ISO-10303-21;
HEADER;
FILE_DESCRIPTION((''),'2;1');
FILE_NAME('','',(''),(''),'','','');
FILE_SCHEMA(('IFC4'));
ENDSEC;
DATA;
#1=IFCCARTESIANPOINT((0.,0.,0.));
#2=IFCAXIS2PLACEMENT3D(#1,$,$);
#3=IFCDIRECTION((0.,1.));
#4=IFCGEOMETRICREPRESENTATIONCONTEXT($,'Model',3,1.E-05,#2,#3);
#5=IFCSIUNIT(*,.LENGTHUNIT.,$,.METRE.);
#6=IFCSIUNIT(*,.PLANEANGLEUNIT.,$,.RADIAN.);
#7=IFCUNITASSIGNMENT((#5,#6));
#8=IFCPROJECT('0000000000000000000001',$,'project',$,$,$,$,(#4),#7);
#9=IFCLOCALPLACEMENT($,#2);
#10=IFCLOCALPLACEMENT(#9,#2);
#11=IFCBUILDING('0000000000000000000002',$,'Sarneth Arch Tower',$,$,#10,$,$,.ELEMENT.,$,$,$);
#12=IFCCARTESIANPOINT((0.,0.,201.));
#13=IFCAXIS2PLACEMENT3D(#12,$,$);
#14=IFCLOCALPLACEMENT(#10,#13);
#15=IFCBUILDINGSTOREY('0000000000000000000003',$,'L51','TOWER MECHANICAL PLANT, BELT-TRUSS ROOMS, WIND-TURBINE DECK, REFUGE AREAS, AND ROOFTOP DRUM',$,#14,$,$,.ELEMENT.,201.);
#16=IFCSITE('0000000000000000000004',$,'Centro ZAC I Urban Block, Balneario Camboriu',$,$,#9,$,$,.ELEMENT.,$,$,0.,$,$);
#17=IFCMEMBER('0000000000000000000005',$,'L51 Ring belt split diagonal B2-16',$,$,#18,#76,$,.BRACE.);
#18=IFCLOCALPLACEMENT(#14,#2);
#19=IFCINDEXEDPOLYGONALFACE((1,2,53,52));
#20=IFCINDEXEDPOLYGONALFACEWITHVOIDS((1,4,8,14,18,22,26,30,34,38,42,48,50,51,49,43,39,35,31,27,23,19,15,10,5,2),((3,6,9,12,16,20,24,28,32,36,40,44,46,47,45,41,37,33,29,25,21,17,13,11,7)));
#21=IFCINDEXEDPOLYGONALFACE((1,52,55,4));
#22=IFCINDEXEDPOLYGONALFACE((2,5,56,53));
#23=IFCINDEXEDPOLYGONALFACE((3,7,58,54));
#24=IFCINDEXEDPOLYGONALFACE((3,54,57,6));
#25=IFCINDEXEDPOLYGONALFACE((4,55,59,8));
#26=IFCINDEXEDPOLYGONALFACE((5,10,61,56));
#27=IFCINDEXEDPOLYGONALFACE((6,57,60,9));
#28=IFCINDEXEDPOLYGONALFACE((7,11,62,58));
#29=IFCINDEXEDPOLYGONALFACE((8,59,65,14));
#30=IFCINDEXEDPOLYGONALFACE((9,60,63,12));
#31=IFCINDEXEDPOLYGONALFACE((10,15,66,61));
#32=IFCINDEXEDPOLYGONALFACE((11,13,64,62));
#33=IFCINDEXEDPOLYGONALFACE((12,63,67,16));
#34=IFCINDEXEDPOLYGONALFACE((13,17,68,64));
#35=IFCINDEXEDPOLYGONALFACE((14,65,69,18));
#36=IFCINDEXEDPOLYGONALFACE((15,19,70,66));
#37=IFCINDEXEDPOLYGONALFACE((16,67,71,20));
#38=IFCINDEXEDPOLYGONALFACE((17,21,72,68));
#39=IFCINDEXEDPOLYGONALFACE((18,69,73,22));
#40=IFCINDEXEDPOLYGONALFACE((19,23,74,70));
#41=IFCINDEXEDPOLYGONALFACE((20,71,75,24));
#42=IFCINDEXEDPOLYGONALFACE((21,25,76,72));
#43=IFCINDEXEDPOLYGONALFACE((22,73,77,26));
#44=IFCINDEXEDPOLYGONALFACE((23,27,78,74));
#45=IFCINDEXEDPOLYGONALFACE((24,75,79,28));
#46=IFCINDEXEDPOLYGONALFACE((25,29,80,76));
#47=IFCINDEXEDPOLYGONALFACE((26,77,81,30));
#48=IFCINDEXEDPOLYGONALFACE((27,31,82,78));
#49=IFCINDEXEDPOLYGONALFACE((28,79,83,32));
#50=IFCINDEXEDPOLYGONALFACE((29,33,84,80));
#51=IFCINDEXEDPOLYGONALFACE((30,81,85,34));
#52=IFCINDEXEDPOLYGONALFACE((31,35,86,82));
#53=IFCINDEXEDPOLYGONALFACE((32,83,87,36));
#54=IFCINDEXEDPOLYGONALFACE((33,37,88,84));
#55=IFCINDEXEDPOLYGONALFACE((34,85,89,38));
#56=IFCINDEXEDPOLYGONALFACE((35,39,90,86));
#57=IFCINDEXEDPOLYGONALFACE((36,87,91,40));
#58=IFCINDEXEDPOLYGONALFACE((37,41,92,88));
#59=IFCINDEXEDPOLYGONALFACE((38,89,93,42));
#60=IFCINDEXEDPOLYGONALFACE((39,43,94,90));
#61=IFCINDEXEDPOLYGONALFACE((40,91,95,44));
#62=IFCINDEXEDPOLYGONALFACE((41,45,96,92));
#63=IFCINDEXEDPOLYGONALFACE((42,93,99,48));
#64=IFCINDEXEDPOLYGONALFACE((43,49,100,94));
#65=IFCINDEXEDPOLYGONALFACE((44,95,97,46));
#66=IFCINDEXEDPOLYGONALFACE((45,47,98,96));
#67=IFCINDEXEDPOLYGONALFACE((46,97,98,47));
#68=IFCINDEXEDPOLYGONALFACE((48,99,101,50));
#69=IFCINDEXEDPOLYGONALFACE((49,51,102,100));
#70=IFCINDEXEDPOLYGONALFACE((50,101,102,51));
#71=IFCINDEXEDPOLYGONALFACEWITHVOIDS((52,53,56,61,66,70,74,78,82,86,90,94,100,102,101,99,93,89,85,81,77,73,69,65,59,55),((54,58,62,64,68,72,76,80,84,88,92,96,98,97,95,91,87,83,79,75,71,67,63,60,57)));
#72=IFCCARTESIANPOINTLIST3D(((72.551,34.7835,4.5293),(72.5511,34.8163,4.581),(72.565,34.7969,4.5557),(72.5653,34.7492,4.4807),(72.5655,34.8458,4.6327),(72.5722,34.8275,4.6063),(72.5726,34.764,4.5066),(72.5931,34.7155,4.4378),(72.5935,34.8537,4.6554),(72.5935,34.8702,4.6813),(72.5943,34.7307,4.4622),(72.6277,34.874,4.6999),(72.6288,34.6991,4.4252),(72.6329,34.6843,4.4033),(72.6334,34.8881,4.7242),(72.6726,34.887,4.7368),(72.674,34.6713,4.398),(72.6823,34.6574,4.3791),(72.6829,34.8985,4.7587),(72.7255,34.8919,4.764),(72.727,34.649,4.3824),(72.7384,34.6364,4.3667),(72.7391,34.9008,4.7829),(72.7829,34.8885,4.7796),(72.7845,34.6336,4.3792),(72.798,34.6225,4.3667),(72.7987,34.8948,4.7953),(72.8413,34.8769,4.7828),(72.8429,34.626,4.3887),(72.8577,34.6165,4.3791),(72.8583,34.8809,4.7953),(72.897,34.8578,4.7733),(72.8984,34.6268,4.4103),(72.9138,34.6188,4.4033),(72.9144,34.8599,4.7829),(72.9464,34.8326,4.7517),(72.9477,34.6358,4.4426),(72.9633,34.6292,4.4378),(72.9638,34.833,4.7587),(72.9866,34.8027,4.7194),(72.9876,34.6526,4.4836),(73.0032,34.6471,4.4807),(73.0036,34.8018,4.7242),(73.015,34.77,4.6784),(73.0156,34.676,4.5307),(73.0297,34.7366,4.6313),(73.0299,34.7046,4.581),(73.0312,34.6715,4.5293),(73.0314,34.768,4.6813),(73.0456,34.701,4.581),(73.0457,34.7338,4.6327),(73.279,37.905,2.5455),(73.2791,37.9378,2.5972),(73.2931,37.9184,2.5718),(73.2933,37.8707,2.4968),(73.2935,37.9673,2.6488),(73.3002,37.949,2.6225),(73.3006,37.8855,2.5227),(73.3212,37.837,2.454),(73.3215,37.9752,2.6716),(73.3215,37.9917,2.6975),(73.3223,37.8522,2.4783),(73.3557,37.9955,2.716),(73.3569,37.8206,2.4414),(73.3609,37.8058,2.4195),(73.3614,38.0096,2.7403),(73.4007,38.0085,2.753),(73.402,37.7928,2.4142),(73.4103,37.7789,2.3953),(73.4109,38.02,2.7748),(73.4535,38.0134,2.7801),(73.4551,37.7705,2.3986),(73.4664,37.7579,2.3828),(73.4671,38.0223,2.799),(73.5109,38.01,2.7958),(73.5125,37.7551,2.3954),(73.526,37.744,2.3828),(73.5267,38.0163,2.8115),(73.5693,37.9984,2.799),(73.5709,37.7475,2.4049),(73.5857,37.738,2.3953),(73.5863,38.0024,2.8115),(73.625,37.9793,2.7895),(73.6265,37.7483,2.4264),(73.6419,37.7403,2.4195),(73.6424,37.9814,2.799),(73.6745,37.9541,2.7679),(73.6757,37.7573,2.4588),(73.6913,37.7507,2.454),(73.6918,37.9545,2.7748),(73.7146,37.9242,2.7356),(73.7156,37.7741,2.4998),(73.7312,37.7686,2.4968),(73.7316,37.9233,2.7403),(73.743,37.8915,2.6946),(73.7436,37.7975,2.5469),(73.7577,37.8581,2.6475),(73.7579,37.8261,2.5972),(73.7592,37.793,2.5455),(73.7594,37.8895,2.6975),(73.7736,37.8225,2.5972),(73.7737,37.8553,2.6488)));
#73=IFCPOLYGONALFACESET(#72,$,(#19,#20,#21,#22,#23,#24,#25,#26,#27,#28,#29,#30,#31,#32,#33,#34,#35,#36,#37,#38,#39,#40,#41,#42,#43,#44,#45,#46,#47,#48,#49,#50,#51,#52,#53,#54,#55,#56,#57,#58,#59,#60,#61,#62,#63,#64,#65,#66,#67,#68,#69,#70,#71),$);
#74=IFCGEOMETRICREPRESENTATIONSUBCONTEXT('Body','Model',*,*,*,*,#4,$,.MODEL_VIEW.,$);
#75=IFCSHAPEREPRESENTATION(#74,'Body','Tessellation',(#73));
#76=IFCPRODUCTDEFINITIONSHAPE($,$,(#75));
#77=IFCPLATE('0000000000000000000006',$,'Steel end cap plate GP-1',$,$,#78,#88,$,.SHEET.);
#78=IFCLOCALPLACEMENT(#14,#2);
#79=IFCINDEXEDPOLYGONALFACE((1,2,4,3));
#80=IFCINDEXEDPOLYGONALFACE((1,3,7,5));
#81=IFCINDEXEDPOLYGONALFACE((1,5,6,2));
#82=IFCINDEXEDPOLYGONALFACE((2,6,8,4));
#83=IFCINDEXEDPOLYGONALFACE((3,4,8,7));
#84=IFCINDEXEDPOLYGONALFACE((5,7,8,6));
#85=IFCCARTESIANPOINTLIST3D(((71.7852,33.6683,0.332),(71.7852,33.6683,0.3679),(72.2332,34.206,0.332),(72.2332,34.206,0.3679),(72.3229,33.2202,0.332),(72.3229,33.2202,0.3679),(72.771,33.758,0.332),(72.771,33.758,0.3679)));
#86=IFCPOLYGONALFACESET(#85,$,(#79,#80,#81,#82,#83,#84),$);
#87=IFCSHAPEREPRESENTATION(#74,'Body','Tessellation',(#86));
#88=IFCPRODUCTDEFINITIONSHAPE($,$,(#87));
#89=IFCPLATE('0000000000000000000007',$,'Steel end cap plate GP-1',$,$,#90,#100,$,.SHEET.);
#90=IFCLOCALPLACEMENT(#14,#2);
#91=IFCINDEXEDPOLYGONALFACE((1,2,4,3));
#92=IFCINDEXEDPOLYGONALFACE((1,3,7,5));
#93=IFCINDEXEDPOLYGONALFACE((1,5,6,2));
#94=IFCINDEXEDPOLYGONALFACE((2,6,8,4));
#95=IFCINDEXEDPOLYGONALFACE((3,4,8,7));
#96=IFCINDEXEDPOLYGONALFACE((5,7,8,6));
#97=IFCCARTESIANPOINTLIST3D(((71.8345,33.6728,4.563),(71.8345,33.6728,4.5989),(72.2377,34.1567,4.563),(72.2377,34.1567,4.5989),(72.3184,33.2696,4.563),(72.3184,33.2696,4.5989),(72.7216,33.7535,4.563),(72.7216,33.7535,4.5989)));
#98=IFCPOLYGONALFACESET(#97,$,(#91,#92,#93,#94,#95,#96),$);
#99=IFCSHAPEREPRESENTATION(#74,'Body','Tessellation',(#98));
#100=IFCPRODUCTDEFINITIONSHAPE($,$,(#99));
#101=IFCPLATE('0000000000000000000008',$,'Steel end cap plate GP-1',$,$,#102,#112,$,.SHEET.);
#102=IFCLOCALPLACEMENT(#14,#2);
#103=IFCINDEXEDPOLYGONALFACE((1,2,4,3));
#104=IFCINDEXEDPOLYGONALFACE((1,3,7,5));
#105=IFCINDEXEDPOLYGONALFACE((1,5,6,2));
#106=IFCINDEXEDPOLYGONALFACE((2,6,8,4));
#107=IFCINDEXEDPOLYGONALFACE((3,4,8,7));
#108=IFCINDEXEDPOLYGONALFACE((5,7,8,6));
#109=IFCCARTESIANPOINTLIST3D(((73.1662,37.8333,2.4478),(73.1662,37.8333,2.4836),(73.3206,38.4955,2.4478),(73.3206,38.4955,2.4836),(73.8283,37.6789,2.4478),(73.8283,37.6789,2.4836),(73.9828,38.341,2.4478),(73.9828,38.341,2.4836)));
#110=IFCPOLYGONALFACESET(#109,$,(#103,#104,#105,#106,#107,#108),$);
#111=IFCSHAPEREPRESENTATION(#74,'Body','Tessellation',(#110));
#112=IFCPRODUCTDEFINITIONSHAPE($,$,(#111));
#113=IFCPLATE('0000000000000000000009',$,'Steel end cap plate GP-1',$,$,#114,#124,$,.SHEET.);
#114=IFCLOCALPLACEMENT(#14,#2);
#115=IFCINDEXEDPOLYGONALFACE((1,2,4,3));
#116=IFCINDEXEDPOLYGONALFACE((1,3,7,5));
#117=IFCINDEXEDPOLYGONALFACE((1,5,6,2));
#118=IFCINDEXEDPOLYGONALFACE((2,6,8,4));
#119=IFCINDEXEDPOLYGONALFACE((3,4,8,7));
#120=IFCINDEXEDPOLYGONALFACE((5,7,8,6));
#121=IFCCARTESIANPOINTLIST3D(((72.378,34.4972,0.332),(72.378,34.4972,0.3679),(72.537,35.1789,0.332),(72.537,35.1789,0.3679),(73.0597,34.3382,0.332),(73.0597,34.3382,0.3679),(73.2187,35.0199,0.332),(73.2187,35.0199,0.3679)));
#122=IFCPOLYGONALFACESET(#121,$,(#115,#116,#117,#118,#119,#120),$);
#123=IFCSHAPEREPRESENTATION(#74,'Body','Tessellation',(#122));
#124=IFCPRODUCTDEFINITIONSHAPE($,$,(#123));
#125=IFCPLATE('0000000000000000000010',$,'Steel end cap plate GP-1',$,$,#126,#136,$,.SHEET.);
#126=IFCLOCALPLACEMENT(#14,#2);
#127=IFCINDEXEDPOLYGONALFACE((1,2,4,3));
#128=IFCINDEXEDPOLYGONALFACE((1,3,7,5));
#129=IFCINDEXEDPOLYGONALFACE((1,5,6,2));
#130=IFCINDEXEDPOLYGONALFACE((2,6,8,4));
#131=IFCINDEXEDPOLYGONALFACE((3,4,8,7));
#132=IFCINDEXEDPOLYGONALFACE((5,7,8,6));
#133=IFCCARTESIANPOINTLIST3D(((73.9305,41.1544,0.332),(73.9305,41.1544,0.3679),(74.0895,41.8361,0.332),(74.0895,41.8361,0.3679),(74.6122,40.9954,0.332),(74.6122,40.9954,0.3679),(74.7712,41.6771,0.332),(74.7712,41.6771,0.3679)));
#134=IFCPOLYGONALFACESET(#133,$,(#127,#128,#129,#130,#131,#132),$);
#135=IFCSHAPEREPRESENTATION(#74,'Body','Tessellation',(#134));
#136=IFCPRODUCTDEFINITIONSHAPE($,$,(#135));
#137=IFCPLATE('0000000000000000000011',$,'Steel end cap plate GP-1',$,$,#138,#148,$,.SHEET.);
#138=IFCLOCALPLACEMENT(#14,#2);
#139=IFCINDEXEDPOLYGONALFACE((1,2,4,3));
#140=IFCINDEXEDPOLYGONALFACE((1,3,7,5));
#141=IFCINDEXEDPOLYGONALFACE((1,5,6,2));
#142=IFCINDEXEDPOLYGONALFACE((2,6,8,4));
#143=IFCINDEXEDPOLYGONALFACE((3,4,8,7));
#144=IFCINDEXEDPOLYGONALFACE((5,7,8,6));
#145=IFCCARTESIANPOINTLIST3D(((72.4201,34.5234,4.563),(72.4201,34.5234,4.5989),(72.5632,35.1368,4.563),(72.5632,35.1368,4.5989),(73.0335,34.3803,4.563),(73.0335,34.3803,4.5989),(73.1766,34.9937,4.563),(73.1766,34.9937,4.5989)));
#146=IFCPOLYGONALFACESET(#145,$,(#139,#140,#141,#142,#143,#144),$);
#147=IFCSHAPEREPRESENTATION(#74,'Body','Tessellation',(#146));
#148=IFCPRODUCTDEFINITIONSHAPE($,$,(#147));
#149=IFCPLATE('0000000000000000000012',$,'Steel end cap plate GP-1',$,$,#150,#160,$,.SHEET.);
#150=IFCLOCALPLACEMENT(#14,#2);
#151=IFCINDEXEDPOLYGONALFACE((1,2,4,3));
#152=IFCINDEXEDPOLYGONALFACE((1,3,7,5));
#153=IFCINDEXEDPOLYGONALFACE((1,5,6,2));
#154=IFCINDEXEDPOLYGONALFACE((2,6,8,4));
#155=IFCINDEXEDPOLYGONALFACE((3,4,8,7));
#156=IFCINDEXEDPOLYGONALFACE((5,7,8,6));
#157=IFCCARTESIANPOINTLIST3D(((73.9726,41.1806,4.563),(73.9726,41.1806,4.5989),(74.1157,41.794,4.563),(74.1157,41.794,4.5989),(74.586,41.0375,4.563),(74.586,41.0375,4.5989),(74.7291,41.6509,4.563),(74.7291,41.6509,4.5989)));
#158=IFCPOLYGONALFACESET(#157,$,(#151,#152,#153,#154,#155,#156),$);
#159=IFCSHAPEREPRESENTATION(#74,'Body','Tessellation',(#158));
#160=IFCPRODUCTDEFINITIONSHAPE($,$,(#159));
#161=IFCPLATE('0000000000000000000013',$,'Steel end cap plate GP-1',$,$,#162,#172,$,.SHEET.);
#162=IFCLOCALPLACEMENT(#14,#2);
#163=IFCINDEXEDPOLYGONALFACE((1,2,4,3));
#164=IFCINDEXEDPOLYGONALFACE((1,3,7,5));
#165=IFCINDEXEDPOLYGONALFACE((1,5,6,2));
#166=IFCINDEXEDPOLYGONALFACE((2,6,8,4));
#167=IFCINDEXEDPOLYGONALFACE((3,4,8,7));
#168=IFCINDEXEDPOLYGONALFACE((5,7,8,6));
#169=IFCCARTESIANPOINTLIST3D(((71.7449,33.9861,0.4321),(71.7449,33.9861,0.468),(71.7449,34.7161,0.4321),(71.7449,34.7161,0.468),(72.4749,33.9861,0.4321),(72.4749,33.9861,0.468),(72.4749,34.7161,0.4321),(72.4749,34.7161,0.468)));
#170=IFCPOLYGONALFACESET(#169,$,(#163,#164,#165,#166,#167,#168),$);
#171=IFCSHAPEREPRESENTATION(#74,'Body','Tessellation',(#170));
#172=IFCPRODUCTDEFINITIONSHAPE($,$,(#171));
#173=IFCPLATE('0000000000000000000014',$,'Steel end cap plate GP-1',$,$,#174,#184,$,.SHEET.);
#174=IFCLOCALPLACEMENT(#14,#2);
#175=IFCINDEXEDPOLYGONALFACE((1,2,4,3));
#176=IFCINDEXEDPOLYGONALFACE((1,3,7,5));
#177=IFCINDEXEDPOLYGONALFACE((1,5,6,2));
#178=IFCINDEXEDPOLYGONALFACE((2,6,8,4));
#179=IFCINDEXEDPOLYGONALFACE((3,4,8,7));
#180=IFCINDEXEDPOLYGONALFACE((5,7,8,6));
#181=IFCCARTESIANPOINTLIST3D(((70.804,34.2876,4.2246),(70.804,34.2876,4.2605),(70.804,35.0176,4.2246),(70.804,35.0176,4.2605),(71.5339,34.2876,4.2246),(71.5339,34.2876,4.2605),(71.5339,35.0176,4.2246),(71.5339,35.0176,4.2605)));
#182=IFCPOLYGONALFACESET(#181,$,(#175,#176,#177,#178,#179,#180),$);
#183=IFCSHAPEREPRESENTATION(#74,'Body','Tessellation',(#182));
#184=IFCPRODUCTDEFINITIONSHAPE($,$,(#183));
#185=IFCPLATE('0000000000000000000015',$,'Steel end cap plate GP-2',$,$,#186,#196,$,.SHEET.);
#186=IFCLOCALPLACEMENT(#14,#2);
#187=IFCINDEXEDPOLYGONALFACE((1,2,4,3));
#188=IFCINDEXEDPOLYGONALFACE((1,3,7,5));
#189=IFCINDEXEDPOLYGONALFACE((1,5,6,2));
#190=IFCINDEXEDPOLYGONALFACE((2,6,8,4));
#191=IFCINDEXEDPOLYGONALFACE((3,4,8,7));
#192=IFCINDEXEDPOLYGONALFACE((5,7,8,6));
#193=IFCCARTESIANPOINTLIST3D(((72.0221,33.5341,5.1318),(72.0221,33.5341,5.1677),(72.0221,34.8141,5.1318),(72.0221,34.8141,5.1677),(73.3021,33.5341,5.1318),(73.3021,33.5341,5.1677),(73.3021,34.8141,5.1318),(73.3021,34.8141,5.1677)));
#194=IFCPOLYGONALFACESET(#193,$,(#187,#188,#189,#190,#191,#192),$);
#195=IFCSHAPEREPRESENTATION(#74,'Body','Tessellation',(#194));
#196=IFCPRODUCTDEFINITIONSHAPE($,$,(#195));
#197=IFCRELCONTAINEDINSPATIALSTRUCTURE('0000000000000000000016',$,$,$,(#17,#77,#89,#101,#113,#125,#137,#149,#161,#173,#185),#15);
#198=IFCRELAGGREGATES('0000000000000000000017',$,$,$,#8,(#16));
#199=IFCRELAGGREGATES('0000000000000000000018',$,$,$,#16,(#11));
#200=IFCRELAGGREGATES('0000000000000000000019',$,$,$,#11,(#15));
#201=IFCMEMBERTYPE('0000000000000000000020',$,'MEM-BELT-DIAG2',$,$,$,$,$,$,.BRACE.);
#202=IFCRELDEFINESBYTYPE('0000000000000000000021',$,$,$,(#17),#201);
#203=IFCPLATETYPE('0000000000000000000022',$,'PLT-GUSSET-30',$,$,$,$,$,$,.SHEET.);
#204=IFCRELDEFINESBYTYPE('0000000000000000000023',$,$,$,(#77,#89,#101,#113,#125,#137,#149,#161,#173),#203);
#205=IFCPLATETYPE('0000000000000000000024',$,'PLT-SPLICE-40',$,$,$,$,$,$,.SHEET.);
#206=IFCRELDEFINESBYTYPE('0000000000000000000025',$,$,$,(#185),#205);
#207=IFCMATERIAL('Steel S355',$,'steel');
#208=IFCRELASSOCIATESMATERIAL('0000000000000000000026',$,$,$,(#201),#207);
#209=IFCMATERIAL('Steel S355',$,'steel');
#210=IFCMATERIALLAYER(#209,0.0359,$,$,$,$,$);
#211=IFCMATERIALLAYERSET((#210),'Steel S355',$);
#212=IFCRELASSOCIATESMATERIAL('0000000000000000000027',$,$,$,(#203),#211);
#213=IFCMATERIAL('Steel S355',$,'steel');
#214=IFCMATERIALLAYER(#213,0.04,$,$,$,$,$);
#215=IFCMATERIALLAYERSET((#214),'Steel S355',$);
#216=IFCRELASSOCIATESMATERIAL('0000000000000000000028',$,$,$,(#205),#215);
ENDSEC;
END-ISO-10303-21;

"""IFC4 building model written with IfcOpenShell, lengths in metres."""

from ifc_helpers import new_model, si_unit, direction, frame, origin, origin_2d, place, context, subcontext, project, spatial, rectangle, hollow_circle, extrude, material, layer, layer_set, material_profile, profile_set, type_object, element, save


model = new_model("IFC4")

# Units and contexts
model_context = context("Model", 3, precision=1e-05, world=origin(), true_north=direction((0.0, 1.0)))
body_context = subcontext(model_context, "Body", "Model", "MODEL_VIEW")
ifc_project = project(units=[si_unit("LENGTHUNIT", "METRE"), si_unit("PLANEANGLEUNIT", "RADIAN")], contexts=[model_context])

# Site, building, storey
site_placement = place(None, origin())
site = spatial("IfcSite", under=ifc_project, at=site_placement, Name="Centro ZAC I Urban Block, Balneario Camboriu", CompositionType="ELEMENT", RefElevation=0.0)
building_placement = place(site_placement, origin())
building = spatial("IfcBuilding", under=site, at=building_placement, Name="Sarneth Arch Tower", CompositionType="ELEMENT")
storey_placement = place(building_placement, frame((0.0, 0.0, 201.0)))
storey = spatial("IfcBuildingStorey", under=building, at=storey_placement, Name="L51", Description="TOWER MECHANICAL PLANT, BELT-TRUSS ROOMS, WIND-TURBINE DECK, REFUGE AREAS, AND ROOFTOP DRUM", CompositionType="ELEMENT", Elevation=201.0)

# Member
ifc_material_1 = material(Name="Steel S355", Category="steel")
ifc_material_profile_1 = material_profile(ifc_material_1, hollow_circle(Radius=0.2539, WallThickness=0.0161, at=origin_2d()), Name="CHS508x16")
ifc_profile_set_1 = profile_set([ifc_material_profile_1], Name="Steel S355")
member_type_1 = type_object("IfcMemberType", Name="MEM-BELT-DIAG2", PredefinedType="BRACE", material=ifc_profile_set_1)
for number, where, z_axis, x_axis, name in (
    (1, (73.5264, 37.8801, 2.5972), (-0.19313, -0.828087, 0.526282), (0.973865, -0.227128, 0.0), "L51 Ring belt split diagonal B2-16"),
):
    element("IfcMember", number, at=place(storey_placement, frame(where, z_axis=z_axis, x_axis=x_axis)), inside=storey, type_object=member_type_1, Name=name, PredefinedType="BRACE", context=body_context, shape_type="SweptSolid", body=[
        extrude(hollow_circle(Radius=0.2539, WallThickness=0.0161, at=origin_2d()), origin(), (0.0, 0.0, 1.0), 3.7695),
    ])

# Plates
ifc_material_2 = material(Name="Steel S355", Category="steel")
ifc_layer_1 = layer(ifc_material_2, 0.0359)
ifc_layer_set_1 = layer_set([ifc_layer_1], Name="Steel S355")
plate_type_1 = type_object("IfcPlateType", Name="PLT-GUSSET-30", PredefinedType="SHEET", material=ifc_layer_set_1)
plate_1_placement = place(storey_placement, frame((72.2781, 33.7131, 0.332), z_axis=(0.0, 0.0, 1.0), x_axis=(0.64011, 0.768284, 0.0)))
element("IfcPlate", 2, at=plate_1_placement, inside=storey, type_object=plate_type_1, Name="Steel end cap plate GP-1", PredefinedType="SHEET", context=body_context, shape_type="SweptSolid", body=[
    extrude(rectangle(XDim=0.7, YDim=0.7, at=origin_2d()), origin(), (0.0, 0.0, 1.0), 0.0359),
])
plate_2_placement = place(storey_placement, frame((72.2781, 33.7131, 4.563), z_axis=(0.0, 0.0, 1.0), x_axis=(0.64011, 0.768284, 0.0)))
element("IfcPlate", 3, at=plate_2_placement, inside=storey, type_object=plate_type_1, Name="Steel end cap plate GP-1", PredefinedType="SHEET", context=body_context, shape_type="SweptSolid", body=[
    extrude(rectangle(XDim=0.6299, YDim=0.6299, at=origin_2d()), origin(), (0.0, 0.0, 1.0), 0.0359),
])
plate_3_placement = place(storey_placement, frame((73.5745, 38.0872, 2.4478), z_axis=(0.0, 0.0, 1.0), x_axis=(0.227161, 0.973857, 0.0)))
element("IfcPlate", 4, at=plate_3_placement, inside=storey, type_object=plate_type_1, Name="Steel end cap plate GP-1", PredefinedType="SHEET", context=body_context, shape_type="SweptSolid", body=[
    extrude(rectangle(XDim=0.6799, YDim=0.6799, at=origin_2d()), origin(), (0.0, 0.0, 1.0), 0.0359),
])
for number, where, z_axis, x_axis, name in (
    (5, (72.7983, 34.7585, 0.332), (0.0, 0.0, 1.0), (-0.227161, -0.973857, 0.0), "Steel end cap plate GP-1"),
    (6, (74.3508, 41.4158, 0.332), (0.0, 0.0, 1.0), (0.227161, 0.973857, 0.0), "Steel end cap plate GP-1"),
):
    element("IfcPlate", number, at=place(storey_placement, frame(where, z_axis=z_axis, x_axis=x_axis)), inside=storey, type_object=plate_type_1, Name=name, PredefinedType="SHEET", context=body_context, shape_type="SweptSolid", body=[
        extrude(rectangle(XDim=0.7, YDim=0.7, at=origin_2d()), origin(), (0.0, 0.0, 1.0), 0.0359),
    ])
for number, where, z_axis, x_axis, name in (
    (7, (72.7983, 34.7585, 4.563), (0.0, 0.0, 1.0), (-0.227161, -0.973857, 0.0), "Steel end cap plate GP-1"),
    (8, (74.3508, 41.4158, 4.563), (0.0, 0.0, 1.0), (0.227161, 0.973857, 0.0), "Steel end cap plate GP-1"),
):
    element("IfcPlate", number, at=place(storey_placement, frame(where, z_axis=z_axis, x_axis=x_axis)), inside=storey, type_object=plate_type_1, Name=name, PredefinedType="SHEET", context=body_context, shape_type="SweptSolid", body=[
        extrude(rectangle(XDim=0.6299, YDim=0.6299, at=origin_2d()), origin(), (0.0, 0.0, 1.0), 0.0359),
    ])
for number, where, z_axis, x_axis, name in (
    (9, (72.1099, 34.3511, 0.4321), (0.0, 0.0, 1.0), (1.0, 0.0, 0.0), "Steel end cap plate GP-1"),
    (10, (71.1689, 34.6526, 4.2246), (0.0, 0.0, 1.0), (1.0, 0.0, 0.0), "Steel end cap plate GP-1"),
):
    element("IfcPlate", number, at=place(storey_placement, frame(where, z_axis=z_axis, x_axis=x_axis)), inside=storey, type_object=plate_type_1, Name=name, PredefinedType="SHEET", context=body_context, shape_type="SweptSolid", body=[
        extrude(rectangle(XDim=0.73, YDim=0.73, at=origin_2d()), origin(), (0.0, 0.0, 1.0), 0.0359),
    ])
ifc_material_3 = material(Name="Steel S355", Category="steel")
ifc_layer_2 = layer(ifc_material_3, 0.04)
ifc_layer_set_2 = layer_set([ifc_layer_2], Name="Steel S355")
plate_type_2 = type_object("IfcPlateType", Name="PLT-SPLICE-40", PredefinedType="SHEET", material=ifc_layer_set_2)
plate_4_placement = place(storey_placement, frame((72.6621, 34.1741, 5.1318), z_axis=(0.0, 0.0, 1.0), x_axis=(1.0, 0.0, 0.0)))
element("IfcPlate", 11, at=plate_4_placement, inside=storey, type_object=plate_type_2, Name="Steel end cap plate GP-2", PredefinedType="SHEET", context=body_context, shape_type="SweptSolid", body=[
    extrude(rectangle(XDim=1.28, YDim=1.28, at=origin_2d()), origin(), (0.0, 0.0, 1.0), 0.0359),
])

save(model, "model.ifc")
